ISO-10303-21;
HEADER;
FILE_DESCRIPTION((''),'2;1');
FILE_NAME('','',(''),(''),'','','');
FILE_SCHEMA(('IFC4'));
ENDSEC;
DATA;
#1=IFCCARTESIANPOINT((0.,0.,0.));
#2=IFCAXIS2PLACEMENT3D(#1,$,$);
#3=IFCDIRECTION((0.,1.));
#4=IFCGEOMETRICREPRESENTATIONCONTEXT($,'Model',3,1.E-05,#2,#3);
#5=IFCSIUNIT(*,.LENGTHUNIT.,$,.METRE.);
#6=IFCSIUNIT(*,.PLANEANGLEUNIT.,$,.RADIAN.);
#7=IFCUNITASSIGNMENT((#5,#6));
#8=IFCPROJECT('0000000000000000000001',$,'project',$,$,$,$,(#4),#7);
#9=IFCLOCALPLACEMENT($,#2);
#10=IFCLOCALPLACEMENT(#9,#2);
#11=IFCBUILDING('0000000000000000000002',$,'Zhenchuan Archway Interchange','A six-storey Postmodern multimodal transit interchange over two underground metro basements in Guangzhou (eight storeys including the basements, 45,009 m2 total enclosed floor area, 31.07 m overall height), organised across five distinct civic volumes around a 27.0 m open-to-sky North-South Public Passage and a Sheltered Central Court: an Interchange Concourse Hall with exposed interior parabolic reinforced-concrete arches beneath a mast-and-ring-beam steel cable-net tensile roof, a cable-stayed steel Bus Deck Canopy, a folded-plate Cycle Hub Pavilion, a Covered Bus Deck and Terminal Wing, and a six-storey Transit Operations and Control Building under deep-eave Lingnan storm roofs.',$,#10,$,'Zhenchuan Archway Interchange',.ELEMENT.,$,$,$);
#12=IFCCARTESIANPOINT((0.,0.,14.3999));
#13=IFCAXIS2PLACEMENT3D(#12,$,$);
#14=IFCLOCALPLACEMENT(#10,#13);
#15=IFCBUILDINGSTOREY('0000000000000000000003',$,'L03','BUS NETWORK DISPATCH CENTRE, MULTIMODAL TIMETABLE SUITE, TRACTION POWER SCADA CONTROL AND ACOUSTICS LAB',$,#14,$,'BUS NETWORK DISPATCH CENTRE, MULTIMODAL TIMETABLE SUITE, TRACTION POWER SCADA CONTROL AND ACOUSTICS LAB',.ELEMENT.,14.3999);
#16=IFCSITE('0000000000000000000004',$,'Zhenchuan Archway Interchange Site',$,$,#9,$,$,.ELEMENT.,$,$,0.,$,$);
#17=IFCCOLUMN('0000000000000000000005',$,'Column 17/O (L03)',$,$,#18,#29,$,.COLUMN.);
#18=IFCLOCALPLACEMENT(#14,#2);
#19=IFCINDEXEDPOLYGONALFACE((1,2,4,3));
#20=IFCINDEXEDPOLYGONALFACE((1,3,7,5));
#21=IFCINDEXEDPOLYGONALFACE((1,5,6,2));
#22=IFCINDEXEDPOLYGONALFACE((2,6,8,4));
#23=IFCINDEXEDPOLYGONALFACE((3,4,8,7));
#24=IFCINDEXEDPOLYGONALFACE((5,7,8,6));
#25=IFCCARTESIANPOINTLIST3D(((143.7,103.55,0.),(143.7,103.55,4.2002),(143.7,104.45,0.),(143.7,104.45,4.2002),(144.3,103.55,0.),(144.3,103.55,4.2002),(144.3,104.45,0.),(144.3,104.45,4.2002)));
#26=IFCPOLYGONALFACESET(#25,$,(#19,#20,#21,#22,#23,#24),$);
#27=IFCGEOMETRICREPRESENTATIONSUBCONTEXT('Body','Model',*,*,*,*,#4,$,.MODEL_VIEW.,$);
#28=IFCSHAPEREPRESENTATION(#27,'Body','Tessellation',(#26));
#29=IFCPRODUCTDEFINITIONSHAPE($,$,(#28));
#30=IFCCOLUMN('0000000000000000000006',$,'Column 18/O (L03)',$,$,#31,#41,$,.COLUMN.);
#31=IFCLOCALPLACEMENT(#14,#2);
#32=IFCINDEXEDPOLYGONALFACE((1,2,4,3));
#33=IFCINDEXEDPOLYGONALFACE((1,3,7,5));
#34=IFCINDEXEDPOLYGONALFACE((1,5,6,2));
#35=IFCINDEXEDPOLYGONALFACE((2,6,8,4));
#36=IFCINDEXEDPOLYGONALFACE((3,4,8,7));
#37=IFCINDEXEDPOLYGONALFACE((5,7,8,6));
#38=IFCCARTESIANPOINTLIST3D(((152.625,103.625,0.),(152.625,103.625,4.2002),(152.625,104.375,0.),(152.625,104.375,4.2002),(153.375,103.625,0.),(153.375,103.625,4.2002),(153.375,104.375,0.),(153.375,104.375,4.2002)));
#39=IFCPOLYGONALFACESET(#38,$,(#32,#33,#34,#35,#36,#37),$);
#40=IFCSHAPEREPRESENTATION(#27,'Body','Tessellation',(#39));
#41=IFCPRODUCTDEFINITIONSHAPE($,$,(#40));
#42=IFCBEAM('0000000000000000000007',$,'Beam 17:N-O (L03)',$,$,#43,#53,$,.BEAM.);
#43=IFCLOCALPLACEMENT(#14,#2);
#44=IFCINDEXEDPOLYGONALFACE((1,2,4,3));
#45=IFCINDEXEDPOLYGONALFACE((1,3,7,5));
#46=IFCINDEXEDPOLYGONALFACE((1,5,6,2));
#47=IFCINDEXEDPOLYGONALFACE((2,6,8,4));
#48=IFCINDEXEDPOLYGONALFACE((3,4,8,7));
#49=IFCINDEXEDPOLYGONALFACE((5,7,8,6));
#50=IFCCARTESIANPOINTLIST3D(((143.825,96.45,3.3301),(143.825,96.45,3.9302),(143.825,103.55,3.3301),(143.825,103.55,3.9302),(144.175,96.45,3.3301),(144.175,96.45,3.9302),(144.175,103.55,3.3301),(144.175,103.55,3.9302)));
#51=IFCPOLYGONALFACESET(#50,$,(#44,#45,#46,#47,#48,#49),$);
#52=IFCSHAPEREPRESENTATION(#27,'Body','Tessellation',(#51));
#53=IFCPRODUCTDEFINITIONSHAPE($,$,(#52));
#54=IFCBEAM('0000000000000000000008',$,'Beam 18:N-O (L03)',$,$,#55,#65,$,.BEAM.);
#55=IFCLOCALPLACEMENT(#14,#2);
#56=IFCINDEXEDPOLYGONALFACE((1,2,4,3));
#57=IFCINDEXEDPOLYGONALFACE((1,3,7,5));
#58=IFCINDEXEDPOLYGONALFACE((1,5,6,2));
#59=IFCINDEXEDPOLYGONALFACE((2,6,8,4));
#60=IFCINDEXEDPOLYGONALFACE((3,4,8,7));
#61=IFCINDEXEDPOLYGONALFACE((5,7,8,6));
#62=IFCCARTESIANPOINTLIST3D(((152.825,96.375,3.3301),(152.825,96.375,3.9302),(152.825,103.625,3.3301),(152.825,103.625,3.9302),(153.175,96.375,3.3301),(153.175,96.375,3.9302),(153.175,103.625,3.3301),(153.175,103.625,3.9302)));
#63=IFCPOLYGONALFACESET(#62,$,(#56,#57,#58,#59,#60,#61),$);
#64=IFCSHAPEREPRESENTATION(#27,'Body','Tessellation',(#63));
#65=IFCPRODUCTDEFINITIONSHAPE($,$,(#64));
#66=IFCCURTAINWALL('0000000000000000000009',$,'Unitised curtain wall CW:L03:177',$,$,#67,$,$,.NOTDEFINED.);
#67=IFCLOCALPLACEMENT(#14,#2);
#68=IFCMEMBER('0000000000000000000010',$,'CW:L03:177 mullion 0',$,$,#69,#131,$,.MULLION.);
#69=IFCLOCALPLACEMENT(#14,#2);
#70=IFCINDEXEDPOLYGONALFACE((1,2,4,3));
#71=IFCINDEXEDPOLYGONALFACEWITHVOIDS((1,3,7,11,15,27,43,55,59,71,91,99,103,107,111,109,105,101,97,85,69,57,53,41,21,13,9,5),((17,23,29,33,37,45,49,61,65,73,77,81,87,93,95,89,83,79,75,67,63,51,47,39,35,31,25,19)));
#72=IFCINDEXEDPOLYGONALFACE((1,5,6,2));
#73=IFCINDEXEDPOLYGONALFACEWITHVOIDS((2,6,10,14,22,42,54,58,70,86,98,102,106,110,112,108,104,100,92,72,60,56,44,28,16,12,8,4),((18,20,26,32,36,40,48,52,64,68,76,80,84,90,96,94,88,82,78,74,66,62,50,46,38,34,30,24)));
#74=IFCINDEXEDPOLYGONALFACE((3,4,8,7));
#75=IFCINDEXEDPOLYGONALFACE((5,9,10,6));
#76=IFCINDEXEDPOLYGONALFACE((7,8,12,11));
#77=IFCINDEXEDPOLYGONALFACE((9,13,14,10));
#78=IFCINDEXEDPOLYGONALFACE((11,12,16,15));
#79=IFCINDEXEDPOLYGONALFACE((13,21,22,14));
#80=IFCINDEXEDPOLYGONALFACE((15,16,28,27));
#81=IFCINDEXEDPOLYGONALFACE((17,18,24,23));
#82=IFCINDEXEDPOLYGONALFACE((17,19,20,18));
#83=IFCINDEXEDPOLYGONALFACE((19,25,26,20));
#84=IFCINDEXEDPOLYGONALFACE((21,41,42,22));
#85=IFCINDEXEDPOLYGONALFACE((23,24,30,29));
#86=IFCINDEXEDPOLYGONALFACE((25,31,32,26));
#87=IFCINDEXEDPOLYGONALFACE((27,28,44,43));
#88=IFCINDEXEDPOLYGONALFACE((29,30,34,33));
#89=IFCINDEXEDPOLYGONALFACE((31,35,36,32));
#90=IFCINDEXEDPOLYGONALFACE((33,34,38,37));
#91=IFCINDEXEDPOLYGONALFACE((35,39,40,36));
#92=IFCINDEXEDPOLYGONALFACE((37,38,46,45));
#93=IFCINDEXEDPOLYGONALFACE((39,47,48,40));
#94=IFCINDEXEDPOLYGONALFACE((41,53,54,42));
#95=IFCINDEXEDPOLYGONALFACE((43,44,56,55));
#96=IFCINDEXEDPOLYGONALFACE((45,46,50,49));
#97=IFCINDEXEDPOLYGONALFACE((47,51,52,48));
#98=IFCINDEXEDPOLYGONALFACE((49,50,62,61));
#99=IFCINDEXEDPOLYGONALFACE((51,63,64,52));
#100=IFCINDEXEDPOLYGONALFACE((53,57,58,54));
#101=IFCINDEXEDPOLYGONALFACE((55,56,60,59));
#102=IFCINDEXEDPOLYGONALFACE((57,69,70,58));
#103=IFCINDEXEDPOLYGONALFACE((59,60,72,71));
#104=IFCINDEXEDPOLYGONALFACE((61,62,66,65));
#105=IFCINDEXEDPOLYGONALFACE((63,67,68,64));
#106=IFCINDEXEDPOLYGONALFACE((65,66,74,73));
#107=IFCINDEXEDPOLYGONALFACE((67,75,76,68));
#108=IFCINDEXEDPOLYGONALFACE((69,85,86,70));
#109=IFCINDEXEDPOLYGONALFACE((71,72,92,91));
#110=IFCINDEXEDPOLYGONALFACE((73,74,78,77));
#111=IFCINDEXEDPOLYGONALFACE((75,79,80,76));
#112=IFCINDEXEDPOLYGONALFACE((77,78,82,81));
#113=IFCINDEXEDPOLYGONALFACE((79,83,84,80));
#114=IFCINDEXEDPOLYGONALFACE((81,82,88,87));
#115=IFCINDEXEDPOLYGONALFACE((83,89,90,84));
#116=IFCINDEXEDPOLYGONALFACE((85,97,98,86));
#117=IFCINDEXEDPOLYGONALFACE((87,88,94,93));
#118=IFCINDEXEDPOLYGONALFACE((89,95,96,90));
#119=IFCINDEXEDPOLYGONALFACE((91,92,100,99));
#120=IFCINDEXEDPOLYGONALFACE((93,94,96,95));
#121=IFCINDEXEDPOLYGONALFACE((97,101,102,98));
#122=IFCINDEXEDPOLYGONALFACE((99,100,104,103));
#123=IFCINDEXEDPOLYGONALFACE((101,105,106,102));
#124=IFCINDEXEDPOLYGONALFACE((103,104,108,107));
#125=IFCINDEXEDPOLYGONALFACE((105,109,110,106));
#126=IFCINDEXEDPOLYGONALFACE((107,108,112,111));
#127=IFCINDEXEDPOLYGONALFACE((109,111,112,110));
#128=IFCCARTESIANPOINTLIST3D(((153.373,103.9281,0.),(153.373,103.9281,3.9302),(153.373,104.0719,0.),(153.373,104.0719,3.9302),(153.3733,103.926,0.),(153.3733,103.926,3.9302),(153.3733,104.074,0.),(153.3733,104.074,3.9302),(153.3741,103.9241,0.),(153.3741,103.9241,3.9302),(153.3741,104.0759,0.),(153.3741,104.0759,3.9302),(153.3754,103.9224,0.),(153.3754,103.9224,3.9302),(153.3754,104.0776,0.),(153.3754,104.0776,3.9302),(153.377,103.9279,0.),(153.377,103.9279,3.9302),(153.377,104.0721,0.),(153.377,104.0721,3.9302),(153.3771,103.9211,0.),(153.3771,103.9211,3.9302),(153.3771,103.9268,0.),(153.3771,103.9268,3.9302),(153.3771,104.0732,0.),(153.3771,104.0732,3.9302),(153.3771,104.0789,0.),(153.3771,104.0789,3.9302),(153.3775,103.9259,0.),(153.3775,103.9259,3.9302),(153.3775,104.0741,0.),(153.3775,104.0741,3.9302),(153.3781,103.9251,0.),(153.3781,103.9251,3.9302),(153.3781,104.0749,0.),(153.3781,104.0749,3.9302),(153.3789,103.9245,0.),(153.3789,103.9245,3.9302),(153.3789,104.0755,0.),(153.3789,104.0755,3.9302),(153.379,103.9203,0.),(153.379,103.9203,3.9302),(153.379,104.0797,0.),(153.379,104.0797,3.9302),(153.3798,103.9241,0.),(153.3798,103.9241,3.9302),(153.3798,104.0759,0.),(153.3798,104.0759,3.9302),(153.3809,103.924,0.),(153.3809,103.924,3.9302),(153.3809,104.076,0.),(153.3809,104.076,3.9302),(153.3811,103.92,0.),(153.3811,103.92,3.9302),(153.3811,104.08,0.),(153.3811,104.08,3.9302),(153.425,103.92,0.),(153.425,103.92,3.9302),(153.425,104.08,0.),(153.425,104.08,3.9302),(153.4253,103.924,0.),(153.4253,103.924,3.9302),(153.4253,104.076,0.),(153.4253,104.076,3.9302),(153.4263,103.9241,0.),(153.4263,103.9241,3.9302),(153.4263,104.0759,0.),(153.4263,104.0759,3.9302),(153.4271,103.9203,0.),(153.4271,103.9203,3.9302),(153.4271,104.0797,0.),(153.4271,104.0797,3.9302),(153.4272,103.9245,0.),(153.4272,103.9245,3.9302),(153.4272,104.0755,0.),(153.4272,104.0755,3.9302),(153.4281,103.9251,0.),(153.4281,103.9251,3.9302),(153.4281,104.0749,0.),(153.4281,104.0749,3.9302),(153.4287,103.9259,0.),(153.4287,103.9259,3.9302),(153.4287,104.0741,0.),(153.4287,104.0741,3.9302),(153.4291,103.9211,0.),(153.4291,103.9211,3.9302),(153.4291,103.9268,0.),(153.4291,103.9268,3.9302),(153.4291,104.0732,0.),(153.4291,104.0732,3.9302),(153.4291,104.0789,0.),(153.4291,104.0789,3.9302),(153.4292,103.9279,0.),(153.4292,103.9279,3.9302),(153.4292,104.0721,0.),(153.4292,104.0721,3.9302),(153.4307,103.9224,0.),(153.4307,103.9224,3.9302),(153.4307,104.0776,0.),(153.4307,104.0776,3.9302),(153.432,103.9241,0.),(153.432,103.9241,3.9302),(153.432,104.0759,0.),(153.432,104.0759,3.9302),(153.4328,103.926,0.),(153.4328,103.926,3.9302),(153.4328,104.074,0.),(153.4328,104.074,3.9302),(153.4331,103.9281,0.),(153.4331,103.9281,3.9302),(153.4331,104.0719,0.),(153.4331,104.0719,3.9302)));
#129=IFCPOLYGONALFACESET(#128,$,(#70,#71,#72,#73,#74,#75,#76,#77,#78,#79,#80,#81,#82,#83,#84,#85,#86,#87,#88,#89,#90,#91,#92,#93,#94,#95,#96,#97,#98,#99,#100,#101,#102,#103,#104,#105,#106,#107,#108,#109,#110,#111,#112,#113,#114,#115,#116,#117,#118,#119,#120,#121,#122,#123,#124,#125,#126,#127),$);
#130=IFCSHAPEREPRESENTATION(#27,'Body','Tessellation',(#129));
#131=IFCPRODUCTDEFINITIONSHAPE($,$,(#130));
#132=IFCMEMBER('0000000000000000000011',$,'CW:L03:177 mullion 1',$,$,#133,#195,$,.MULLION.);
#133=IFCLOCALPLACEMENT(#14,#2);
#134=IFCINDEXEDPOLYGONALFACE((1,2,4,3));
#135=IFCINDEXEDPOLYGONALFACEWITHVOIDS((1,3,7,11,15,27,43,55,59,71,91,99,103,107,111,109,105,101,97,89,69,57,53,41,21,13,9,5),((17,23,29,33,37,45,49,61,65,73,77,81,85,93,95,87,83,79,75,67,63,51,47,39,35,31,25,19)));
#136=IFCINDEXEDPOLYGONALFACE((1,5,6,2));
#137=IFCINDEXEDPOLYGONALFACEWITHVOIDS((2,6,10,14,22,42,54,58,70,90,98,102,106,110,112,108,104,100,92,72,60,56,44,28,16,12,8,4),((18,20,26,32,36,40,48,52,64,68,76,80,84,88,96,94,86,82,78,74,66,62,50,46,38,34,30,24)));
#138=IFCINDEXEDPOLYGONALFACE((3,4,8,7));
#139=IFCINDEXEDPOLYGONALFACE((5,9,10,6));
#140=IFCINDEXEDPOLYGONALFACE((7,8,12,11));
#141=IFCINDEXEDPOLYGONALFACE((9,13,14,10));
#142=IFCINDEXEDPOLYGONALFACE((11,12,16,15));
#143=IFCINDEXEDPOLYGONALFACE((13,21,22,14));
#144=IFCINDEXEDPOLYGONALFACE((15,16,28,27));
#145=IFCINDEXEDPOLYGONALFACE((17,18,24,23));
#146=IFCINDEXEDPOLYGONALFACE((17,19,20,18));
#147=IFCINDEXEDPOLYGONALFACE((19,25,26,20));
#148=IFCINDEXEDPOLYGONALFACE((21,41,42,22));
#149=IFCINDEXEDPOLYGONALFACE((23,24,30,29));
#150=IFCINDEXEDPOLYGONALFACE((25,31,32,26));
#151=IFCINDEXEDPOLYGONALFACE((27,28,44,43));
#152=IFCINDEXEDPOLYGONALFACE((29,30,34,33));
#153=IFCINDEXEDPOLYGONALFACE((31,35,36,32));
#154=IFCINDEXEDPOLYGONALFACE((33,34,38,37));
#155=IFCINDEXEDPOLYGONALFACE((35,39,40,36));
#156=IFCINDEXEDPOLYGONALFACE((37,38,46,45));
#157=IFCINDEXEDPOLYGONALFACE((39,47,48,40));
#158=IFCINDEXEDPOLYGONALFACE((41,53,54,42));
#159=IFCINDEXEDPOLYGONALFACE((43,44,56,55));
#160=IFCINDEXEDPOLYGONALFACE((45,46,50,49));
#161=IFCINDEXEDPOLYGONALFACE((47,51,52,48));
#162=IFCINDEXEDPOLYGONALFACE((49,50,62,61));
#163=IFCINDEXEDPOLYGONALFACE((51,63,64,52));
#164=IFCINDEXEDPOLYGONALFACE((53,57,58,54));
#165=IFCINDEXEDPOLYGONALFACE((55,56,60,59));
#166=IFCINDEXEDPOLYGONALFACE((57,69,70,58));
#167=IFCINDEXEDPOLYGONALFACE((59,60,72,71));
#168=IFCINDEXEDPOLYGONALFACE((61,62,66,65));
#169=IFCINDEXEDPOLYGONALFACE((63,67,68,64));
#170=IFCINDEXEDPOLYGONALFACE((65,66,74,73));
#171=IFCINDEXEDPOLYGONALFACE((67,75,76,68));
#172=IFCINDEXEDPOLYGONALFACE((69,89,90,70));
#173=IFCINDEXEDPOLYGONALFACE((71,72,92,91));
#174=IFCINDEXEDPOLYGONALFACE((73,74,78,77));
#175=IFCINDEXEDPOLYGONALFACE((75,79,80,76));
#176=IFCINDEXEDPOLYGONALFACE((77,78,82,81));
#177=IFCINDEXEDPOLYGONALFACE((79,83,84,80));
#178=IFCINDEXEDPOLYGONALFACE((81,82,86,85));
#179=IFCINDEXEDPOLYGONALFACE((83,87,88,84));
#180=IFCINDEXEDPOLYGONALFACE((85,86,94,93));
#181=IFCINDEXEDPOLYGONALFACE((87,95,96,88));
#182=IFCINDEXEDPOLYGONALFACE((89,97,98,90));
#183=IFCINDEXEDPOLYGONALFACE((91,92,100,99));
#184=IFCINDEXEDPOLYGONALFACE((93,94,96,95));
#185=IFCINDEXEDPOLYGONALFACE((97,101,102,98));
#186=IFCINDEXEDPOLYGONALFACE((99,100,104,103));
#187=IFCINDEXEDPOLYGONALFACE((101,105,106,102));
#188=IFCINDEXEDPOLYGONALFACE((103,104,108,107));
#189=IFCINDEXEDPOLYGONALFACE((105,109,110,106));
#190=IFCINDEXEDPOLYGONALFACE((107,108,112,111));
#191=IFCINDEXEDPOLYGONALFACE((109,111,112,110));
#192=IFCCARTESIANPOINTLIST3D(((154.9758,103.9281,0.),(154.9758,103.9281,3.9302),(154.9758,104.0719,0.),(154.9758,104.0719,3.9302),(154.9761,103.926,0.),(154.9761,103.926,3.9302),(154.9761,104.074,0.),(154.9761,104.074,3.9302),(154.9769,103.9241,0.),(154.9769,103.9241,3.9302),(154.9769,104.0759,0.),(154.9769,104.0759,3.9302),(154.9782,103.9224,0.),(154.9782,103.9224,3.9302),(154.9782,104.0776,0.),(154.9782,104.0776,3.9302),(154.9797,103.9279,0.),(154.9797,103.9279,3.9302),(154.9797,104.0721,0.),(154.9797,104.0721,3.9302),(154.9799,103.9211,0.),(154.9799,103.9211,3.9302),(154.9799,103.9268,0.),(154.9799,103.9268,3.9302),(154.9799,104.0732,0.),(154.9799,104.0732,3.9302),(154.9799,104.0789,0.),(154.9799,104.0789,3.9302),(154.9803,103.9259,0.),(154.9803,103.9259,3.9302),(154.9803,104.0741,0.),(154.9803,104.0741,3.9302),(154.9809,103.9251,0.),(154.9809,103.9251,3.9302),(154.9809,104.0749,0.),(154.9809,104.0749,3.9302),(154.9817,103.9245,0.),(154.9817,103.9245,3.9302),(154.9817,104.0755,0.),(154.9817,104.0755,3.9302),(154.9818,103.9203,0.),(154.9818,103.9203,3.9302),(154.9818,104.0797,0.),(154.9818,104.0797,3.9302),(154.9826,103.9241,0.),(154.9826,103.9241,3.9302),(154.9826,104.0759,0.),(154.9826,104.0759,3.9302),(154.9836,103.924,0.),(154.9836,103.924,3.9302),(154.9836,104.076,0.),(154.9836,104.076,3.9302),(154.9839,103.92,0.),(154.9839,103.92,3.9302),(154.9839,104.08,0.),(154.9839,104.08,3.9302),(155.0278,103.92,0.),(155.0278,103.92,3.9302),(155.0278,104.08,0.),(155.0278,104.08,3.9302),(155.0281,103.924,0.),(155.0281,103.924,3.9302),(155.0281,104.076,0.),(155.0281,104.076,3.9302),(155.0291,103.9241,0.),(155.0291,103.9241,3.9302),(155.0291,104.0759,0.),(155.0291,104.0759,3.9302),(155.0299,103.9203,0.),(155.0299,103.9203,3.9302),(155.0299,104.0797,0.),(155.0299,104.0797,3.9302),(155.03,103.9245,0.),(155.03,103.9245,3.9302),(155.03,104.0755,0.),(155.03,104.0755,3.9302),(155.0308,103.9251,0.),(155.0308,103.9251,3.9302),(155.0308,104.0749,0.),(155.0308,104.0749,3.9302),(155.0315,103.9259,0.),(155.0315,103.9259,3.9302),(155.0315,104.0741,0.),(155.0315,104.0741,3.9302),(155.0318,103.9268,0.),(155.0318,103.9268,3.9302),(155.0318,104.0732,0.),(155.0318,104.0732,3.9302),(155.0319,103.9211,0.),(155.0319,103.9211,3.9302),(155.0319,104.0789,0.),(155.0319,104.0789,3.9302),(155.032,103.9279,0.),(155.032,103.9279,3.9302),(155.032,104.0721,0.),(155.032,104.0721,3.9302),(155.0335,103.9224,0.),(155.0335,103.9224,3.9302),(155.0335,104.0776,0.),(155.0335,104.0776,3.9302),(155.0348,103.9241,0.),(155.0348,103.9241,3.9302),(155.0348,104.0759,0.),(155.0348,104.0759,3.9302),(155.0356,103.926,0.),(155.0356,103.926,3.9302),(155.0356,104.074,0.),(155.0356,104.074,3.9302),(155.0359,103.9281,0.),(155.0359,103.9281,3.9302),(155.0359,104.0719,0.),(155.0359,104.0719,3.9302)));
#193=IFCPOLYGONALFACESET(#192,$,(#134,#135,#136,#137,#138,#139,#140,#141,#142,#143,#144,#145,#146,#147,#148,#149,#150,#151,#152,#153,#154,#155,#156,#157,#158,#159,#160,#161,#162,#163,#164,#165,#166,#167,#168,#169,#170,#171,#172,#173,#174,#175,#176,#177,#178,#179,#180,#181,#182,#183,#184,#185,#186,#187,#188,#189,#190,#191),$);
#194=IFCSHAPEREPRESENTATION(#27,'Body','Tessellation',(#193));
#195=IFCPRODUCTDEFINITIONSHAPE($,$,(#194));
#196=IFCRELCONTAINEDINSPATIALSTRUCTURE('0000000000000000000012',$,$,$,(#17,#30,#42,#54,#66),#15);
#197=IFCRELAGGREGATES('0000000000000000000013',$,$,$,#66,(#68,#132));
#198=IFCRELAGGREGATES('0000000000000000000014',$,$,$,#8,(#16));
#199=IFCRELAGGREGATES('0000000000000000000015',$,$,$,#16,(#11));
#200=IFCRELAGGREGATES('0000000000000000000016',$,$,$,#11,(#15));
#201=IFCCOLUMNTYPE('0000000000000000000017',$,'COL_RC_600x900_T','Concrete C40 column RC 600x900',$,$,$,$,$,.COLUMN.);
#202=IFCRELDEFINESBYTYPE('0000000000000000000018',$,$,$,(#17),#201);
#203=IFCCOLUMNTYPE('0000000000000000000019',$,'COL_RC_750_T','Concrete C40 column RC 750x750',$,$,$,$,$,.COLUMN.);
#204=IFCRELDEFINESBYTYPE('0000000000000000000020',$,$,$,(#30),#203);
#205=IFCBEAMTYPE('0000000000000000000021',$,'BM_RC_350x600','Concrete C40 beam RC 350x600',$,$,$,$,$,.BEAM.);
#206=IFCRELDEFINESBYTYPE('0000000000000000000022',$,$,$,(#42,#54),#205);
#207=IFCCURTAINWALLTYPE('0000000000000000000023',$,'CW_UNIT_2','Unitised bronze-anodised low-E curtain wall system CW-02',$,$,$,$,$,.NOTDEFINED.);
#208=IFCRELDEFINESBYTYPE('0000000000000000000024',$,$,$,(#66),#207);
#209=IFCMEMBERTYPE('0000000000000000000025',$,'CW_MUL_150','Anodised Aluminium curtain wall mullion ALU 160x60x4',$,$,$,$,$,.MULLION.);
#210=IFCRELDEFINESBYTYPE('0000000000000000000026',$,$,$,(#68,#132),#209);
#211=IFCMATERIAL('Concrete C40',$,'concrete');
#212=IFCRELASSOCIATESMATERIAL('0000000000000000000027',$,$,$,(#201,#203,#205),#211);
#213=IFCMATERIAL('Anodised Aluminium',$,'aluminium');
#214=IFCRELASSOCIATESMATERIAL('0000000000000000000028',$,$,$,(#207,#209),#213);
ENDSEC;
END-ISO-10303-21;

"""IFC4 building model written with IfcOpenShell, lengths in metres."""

from ifc_helpers import new_model, si_unit, direction, frame, origin, origin_2d, place, context, subcontext, project, spatial, rectangle, hollow_rectangle, extrude, material, material_profile, profile_set, type_object, element, aggregate, save


model = new_model("IFC4")

# Units and contexts
model_context = context("Model", 3, precision=1e-05, world=origin(), true_north=direction((0.0, 1.0)))
body_context = subcontext(model_context, "Body", "Model", "MODEL_VIEW")
ifc_project = project(units=[si_unit("LENGTHUNIT", "METRE"), si_unit("PLANEANGLEUNIT", "RADIAN")], contexts=[model_context])

# Site, building, storey
site_placement = place(None, origin())
site = spatial("IfcSite", under=ifc_project, at=site_placement, Name="Zhenchuan Archway Interchange Site", CompositionType="ELEMENT", RefElevation=0.0)
building_placement = place(site_placement, origin())
building = spatial("IfcBuilding", under=site, at=building_placement, Name="Zhenchuan Archway Interchange", Description="A six-storey Postmodern multimodal transit interchange over two underground metro basements in Guangzhou (eight storeys including the basements, 45,009 m2 total enclosed floor area, 31.07 m overall height), organised across five distinct civic volumes around a 27.0 m open-to-sky North-South Public Passage and a Sheltered Central Court: an Interchange Concourse Hall with exposed interior parabolic reinforced-concrete arches beneath a mast-and-ring-beam steel cable-net tensile roof, a cable-stayed steel Bus Deck Canopy, a folded-plate Cycle Hub Pavilion, a Covered Bus Deck and Terminal Wing, and a six-storey Transit Operations and Control Building under deep-eave Lingnan storm roofs.", LongName="Zhenchuan Archway Interchange", CompositionType="ELEMENT")
storey_placement = place(building_placement, frame((0.0, 0.0, 14.3999)))
storey = spatial("IfcBuildingStorey", under=building, at=storey_placement, Name="L03", Description="BUS NETWORK DISPATCH CENTRE, MULTIMODAL TIMETABLE SUITE, TRACTION POWER SCADA CONTROL AND ACOUSTICS LAB", LongName="BUS NETWORK DISPATCH CENTRE, MULTIMODAL TIMETABLE SUITE, TRACTION POWER SCADA CONTROL AND ACOUSTICS LAB", CompositionType="ELEMENT", Elevation=14.3999)

# Columns
ifc_material_1 = material(Name="Concrete C40", Category="concrete")
ifc_material_profile_1 = material_profile(ifc_material_1, rectangle(XDim=0.6001, YDim=0.8999, at=origin_2d()), Name="RC 600x900")
ifc_profile_set_1 = profile_set([ifc_material_profile_1], Name="Concrete C40")
column_type_1 = type_object("IfcColumnType", Name="COL_RC_600x900_T", Description="Concrete C40 column RC 600x900", PredefinedType="COLUMN", material=ifc_profile_set_1)
column_1_placement = place(storey_placement, frame((144.0, 104.0, 0.0), z_axis=(0.0, 0.0, 1.0), x_axis=(1.0, 0.0, 0.0)))
element("IfcColumn", 1, at=column_1_placement, inside=storey, type_object=column_type_1, Name="Column 17/O (L03)", PredefinedType="COLUMN", context=body_context, shape_type="SweptSolid", body=[
    extrude(rectangle(XDim=0.6001, YDim=0.8999, at=origin_2d()), origin(), (0.0, 0.0, 1.0), 4.2002),
])
ifc_material_profile_2 = material_profile(ifc_material_1, rectangle(XDim=0.75, YDim=0.75, at=origin_2d()), Name="RC 750x750")
ifc_profile_set_2 = profile_set([ifc_material_profile_2], Name="Concrete C40")
column_type_2 = type_object("IfcColumnType", Name="COL_RC_750_T", Description="Concrete C40 column RC 750x750", PredefinedType="COLUMN", material=ifc_profile_set_2)
column_2_placement = place(storey_placement, frame((153.0, 104.0, 0.0), z_axis=(0.0, 0.0, 1.0), x_axis=(1.0, 0.0, 0.0)))
element("IfcColumn", 2, at=column_2_placement, inside=storey, type_object=column_type_2, Name="Column 18/O (L03)", PredefinedType="COLUMN", context=body_context, shape_type="SweptSolid", body=[
    extrude(rectangle(XDim=0.75, YDim=0.75, at=origin_2d()), origin(), (0.0, 0.0, 1.0), 4.2002),
])

# Beams
ifc_material_profile_3 = material_profile(ifc_material_1, rectangle(XDim=0.3501, YDim=0.6001, at=origin_2d()), Name="RC 350x600")
ifc_profile_set_3 = profile_set([ifc_material_profile_3], Name="Concrete C40")
beam_type_1 = type_object("IfcBeamType", Name="BM_RC_350x600", Description="Concrete C40 beam RC 350x600", PredefinedType="BEAM", material=ifc_profile_set_3)
beam_1_placement = place(storey_placement, frame((144.0, 96.45, 3.6301), z_axis=(0.0, 1.0, 0.0), x_axis=(-1.0, 0.0, 0.0)))
element("IfcBeam", 3, at=beam_1_placement, inside=storey, type_object=beam_type_1, Name="Beam 17:N-O (L03)", PredefinedType="BEAM", context=body_context, shape_type="SweptSolid", body=[
    extrude(rectangle(XDim=0.3501, YDim=0.6001, at=origin_2d()), origin(), (0.0, 0.0, 1.0), 7.1001),
])
beam_2_placement = place(storey_placement, frame((153.0, 96.375, 3.6301), z_axis=(0.0, 1.0, 0.0), x_axis=(-1.0, 0.0, 0.0)))
element("IfcBeam", 4, at=beam_2_placement, inside=storey, type_object=beam_type_1, Name="Beam 18:N-O (L03)", PredefinedType="BEAM", context=body_context, shape_type="SweptSolid", body=[
    extrude(rectangle(XDim=0.3501, YDim=0.6001, at=origin_2d()), origin(), (0.0, 0.0, 1.0), 7.25),
])

# Curtain wall, members
ifc_material_2 = material(Name="Anodised Aluminium", Category="aluminium")
curtain_wall_type = type_object("IfcCurtainWallType", Name="CW_UNIT_2", Description="Unitised bronze-anodised low-E curtain wall system CW-02", PredefinedType="NOTDEFINED", material=ifc_material_2)
curtain_wall_placement = place(storey_placement, origin())
curtain_wall = element("IfcCurtainWall", 5, at=curtain_wall_placement, inside=storey, type_object=curtain_wall_type, Name="Unitised curtain wall CW:L03:177", PredefinedType="NOTDEFINED")
ifc_material_profile_4 = material_profile(ifc_material_2, hollow_rectangle(XDim=0.0601, YDim=0.1599, WallThickness=0.0039, InnerFilletRadius=0.0039, OuterFilletRadius=0.0081, at=origin_2d()), Name="ALU 160x60x4")
ifc_profile_set_4 = profile_set([ifc_material_profile_4], Name="Anodised Aluminium")
member_type_1 = type_object("IfcMemberType", Name="CW_MUL_150", Description="Anodised Aluminium curtain wall mullion ALU 160x60x4", PredefinedType="MULLION", material=ifc_profile_set_4)
member_1_placement = place(storey_placement, frame((153.4031, 104.0, 0.0), z_axis=(0.0, 0.0, 1.0), x_axis=(1.0, 0.0, 0.0)))
member_1 = element("IfcMember", 6, at=member_1_placement, type_object=member_type_1, Name="CW:L03:177 mullion 0", PredefinedType="MULLION", context=body_context, shape_type="SweptSolid", body=[
    extrude(hollow_rectangle(XDim=0.0601, YDim=0.1599, WallThickness=0.0039, InnerFilletRadius=0.0039, OuterFilletRadius=0.0081, at=origin_2d()), origin(), (0.0, 0.0, 1.0), 3.9302),
])
member_2_placement = place(storey_placement, frame((155.0059, 104.0, 0.0), z_axis=(0.0, 0.0, 1.0), x_axis=(1.0, 0.0, 0.0)))
member_2 = element("IfcMember", 7, at=member_2_placement, type_object=member_type_1, Name="CW:L03:177 mullion 1", PredefinedType="MULLION", context=body_context, shape_type="SweptSolid", body=[
    extrude(hollow_rectangle(XDim=0.0601, YDim=0.1599, WallThickness=0.0039, InnerFilletRadius=0.0039, OuterFilletRadius=0.0081, at=origin_2d()), origin(), (0.0, 0.0, 1.0), 3.9302),
])

aggregate(curtain_wall, [member_1, member_2])

save(model, "model.ifc")
